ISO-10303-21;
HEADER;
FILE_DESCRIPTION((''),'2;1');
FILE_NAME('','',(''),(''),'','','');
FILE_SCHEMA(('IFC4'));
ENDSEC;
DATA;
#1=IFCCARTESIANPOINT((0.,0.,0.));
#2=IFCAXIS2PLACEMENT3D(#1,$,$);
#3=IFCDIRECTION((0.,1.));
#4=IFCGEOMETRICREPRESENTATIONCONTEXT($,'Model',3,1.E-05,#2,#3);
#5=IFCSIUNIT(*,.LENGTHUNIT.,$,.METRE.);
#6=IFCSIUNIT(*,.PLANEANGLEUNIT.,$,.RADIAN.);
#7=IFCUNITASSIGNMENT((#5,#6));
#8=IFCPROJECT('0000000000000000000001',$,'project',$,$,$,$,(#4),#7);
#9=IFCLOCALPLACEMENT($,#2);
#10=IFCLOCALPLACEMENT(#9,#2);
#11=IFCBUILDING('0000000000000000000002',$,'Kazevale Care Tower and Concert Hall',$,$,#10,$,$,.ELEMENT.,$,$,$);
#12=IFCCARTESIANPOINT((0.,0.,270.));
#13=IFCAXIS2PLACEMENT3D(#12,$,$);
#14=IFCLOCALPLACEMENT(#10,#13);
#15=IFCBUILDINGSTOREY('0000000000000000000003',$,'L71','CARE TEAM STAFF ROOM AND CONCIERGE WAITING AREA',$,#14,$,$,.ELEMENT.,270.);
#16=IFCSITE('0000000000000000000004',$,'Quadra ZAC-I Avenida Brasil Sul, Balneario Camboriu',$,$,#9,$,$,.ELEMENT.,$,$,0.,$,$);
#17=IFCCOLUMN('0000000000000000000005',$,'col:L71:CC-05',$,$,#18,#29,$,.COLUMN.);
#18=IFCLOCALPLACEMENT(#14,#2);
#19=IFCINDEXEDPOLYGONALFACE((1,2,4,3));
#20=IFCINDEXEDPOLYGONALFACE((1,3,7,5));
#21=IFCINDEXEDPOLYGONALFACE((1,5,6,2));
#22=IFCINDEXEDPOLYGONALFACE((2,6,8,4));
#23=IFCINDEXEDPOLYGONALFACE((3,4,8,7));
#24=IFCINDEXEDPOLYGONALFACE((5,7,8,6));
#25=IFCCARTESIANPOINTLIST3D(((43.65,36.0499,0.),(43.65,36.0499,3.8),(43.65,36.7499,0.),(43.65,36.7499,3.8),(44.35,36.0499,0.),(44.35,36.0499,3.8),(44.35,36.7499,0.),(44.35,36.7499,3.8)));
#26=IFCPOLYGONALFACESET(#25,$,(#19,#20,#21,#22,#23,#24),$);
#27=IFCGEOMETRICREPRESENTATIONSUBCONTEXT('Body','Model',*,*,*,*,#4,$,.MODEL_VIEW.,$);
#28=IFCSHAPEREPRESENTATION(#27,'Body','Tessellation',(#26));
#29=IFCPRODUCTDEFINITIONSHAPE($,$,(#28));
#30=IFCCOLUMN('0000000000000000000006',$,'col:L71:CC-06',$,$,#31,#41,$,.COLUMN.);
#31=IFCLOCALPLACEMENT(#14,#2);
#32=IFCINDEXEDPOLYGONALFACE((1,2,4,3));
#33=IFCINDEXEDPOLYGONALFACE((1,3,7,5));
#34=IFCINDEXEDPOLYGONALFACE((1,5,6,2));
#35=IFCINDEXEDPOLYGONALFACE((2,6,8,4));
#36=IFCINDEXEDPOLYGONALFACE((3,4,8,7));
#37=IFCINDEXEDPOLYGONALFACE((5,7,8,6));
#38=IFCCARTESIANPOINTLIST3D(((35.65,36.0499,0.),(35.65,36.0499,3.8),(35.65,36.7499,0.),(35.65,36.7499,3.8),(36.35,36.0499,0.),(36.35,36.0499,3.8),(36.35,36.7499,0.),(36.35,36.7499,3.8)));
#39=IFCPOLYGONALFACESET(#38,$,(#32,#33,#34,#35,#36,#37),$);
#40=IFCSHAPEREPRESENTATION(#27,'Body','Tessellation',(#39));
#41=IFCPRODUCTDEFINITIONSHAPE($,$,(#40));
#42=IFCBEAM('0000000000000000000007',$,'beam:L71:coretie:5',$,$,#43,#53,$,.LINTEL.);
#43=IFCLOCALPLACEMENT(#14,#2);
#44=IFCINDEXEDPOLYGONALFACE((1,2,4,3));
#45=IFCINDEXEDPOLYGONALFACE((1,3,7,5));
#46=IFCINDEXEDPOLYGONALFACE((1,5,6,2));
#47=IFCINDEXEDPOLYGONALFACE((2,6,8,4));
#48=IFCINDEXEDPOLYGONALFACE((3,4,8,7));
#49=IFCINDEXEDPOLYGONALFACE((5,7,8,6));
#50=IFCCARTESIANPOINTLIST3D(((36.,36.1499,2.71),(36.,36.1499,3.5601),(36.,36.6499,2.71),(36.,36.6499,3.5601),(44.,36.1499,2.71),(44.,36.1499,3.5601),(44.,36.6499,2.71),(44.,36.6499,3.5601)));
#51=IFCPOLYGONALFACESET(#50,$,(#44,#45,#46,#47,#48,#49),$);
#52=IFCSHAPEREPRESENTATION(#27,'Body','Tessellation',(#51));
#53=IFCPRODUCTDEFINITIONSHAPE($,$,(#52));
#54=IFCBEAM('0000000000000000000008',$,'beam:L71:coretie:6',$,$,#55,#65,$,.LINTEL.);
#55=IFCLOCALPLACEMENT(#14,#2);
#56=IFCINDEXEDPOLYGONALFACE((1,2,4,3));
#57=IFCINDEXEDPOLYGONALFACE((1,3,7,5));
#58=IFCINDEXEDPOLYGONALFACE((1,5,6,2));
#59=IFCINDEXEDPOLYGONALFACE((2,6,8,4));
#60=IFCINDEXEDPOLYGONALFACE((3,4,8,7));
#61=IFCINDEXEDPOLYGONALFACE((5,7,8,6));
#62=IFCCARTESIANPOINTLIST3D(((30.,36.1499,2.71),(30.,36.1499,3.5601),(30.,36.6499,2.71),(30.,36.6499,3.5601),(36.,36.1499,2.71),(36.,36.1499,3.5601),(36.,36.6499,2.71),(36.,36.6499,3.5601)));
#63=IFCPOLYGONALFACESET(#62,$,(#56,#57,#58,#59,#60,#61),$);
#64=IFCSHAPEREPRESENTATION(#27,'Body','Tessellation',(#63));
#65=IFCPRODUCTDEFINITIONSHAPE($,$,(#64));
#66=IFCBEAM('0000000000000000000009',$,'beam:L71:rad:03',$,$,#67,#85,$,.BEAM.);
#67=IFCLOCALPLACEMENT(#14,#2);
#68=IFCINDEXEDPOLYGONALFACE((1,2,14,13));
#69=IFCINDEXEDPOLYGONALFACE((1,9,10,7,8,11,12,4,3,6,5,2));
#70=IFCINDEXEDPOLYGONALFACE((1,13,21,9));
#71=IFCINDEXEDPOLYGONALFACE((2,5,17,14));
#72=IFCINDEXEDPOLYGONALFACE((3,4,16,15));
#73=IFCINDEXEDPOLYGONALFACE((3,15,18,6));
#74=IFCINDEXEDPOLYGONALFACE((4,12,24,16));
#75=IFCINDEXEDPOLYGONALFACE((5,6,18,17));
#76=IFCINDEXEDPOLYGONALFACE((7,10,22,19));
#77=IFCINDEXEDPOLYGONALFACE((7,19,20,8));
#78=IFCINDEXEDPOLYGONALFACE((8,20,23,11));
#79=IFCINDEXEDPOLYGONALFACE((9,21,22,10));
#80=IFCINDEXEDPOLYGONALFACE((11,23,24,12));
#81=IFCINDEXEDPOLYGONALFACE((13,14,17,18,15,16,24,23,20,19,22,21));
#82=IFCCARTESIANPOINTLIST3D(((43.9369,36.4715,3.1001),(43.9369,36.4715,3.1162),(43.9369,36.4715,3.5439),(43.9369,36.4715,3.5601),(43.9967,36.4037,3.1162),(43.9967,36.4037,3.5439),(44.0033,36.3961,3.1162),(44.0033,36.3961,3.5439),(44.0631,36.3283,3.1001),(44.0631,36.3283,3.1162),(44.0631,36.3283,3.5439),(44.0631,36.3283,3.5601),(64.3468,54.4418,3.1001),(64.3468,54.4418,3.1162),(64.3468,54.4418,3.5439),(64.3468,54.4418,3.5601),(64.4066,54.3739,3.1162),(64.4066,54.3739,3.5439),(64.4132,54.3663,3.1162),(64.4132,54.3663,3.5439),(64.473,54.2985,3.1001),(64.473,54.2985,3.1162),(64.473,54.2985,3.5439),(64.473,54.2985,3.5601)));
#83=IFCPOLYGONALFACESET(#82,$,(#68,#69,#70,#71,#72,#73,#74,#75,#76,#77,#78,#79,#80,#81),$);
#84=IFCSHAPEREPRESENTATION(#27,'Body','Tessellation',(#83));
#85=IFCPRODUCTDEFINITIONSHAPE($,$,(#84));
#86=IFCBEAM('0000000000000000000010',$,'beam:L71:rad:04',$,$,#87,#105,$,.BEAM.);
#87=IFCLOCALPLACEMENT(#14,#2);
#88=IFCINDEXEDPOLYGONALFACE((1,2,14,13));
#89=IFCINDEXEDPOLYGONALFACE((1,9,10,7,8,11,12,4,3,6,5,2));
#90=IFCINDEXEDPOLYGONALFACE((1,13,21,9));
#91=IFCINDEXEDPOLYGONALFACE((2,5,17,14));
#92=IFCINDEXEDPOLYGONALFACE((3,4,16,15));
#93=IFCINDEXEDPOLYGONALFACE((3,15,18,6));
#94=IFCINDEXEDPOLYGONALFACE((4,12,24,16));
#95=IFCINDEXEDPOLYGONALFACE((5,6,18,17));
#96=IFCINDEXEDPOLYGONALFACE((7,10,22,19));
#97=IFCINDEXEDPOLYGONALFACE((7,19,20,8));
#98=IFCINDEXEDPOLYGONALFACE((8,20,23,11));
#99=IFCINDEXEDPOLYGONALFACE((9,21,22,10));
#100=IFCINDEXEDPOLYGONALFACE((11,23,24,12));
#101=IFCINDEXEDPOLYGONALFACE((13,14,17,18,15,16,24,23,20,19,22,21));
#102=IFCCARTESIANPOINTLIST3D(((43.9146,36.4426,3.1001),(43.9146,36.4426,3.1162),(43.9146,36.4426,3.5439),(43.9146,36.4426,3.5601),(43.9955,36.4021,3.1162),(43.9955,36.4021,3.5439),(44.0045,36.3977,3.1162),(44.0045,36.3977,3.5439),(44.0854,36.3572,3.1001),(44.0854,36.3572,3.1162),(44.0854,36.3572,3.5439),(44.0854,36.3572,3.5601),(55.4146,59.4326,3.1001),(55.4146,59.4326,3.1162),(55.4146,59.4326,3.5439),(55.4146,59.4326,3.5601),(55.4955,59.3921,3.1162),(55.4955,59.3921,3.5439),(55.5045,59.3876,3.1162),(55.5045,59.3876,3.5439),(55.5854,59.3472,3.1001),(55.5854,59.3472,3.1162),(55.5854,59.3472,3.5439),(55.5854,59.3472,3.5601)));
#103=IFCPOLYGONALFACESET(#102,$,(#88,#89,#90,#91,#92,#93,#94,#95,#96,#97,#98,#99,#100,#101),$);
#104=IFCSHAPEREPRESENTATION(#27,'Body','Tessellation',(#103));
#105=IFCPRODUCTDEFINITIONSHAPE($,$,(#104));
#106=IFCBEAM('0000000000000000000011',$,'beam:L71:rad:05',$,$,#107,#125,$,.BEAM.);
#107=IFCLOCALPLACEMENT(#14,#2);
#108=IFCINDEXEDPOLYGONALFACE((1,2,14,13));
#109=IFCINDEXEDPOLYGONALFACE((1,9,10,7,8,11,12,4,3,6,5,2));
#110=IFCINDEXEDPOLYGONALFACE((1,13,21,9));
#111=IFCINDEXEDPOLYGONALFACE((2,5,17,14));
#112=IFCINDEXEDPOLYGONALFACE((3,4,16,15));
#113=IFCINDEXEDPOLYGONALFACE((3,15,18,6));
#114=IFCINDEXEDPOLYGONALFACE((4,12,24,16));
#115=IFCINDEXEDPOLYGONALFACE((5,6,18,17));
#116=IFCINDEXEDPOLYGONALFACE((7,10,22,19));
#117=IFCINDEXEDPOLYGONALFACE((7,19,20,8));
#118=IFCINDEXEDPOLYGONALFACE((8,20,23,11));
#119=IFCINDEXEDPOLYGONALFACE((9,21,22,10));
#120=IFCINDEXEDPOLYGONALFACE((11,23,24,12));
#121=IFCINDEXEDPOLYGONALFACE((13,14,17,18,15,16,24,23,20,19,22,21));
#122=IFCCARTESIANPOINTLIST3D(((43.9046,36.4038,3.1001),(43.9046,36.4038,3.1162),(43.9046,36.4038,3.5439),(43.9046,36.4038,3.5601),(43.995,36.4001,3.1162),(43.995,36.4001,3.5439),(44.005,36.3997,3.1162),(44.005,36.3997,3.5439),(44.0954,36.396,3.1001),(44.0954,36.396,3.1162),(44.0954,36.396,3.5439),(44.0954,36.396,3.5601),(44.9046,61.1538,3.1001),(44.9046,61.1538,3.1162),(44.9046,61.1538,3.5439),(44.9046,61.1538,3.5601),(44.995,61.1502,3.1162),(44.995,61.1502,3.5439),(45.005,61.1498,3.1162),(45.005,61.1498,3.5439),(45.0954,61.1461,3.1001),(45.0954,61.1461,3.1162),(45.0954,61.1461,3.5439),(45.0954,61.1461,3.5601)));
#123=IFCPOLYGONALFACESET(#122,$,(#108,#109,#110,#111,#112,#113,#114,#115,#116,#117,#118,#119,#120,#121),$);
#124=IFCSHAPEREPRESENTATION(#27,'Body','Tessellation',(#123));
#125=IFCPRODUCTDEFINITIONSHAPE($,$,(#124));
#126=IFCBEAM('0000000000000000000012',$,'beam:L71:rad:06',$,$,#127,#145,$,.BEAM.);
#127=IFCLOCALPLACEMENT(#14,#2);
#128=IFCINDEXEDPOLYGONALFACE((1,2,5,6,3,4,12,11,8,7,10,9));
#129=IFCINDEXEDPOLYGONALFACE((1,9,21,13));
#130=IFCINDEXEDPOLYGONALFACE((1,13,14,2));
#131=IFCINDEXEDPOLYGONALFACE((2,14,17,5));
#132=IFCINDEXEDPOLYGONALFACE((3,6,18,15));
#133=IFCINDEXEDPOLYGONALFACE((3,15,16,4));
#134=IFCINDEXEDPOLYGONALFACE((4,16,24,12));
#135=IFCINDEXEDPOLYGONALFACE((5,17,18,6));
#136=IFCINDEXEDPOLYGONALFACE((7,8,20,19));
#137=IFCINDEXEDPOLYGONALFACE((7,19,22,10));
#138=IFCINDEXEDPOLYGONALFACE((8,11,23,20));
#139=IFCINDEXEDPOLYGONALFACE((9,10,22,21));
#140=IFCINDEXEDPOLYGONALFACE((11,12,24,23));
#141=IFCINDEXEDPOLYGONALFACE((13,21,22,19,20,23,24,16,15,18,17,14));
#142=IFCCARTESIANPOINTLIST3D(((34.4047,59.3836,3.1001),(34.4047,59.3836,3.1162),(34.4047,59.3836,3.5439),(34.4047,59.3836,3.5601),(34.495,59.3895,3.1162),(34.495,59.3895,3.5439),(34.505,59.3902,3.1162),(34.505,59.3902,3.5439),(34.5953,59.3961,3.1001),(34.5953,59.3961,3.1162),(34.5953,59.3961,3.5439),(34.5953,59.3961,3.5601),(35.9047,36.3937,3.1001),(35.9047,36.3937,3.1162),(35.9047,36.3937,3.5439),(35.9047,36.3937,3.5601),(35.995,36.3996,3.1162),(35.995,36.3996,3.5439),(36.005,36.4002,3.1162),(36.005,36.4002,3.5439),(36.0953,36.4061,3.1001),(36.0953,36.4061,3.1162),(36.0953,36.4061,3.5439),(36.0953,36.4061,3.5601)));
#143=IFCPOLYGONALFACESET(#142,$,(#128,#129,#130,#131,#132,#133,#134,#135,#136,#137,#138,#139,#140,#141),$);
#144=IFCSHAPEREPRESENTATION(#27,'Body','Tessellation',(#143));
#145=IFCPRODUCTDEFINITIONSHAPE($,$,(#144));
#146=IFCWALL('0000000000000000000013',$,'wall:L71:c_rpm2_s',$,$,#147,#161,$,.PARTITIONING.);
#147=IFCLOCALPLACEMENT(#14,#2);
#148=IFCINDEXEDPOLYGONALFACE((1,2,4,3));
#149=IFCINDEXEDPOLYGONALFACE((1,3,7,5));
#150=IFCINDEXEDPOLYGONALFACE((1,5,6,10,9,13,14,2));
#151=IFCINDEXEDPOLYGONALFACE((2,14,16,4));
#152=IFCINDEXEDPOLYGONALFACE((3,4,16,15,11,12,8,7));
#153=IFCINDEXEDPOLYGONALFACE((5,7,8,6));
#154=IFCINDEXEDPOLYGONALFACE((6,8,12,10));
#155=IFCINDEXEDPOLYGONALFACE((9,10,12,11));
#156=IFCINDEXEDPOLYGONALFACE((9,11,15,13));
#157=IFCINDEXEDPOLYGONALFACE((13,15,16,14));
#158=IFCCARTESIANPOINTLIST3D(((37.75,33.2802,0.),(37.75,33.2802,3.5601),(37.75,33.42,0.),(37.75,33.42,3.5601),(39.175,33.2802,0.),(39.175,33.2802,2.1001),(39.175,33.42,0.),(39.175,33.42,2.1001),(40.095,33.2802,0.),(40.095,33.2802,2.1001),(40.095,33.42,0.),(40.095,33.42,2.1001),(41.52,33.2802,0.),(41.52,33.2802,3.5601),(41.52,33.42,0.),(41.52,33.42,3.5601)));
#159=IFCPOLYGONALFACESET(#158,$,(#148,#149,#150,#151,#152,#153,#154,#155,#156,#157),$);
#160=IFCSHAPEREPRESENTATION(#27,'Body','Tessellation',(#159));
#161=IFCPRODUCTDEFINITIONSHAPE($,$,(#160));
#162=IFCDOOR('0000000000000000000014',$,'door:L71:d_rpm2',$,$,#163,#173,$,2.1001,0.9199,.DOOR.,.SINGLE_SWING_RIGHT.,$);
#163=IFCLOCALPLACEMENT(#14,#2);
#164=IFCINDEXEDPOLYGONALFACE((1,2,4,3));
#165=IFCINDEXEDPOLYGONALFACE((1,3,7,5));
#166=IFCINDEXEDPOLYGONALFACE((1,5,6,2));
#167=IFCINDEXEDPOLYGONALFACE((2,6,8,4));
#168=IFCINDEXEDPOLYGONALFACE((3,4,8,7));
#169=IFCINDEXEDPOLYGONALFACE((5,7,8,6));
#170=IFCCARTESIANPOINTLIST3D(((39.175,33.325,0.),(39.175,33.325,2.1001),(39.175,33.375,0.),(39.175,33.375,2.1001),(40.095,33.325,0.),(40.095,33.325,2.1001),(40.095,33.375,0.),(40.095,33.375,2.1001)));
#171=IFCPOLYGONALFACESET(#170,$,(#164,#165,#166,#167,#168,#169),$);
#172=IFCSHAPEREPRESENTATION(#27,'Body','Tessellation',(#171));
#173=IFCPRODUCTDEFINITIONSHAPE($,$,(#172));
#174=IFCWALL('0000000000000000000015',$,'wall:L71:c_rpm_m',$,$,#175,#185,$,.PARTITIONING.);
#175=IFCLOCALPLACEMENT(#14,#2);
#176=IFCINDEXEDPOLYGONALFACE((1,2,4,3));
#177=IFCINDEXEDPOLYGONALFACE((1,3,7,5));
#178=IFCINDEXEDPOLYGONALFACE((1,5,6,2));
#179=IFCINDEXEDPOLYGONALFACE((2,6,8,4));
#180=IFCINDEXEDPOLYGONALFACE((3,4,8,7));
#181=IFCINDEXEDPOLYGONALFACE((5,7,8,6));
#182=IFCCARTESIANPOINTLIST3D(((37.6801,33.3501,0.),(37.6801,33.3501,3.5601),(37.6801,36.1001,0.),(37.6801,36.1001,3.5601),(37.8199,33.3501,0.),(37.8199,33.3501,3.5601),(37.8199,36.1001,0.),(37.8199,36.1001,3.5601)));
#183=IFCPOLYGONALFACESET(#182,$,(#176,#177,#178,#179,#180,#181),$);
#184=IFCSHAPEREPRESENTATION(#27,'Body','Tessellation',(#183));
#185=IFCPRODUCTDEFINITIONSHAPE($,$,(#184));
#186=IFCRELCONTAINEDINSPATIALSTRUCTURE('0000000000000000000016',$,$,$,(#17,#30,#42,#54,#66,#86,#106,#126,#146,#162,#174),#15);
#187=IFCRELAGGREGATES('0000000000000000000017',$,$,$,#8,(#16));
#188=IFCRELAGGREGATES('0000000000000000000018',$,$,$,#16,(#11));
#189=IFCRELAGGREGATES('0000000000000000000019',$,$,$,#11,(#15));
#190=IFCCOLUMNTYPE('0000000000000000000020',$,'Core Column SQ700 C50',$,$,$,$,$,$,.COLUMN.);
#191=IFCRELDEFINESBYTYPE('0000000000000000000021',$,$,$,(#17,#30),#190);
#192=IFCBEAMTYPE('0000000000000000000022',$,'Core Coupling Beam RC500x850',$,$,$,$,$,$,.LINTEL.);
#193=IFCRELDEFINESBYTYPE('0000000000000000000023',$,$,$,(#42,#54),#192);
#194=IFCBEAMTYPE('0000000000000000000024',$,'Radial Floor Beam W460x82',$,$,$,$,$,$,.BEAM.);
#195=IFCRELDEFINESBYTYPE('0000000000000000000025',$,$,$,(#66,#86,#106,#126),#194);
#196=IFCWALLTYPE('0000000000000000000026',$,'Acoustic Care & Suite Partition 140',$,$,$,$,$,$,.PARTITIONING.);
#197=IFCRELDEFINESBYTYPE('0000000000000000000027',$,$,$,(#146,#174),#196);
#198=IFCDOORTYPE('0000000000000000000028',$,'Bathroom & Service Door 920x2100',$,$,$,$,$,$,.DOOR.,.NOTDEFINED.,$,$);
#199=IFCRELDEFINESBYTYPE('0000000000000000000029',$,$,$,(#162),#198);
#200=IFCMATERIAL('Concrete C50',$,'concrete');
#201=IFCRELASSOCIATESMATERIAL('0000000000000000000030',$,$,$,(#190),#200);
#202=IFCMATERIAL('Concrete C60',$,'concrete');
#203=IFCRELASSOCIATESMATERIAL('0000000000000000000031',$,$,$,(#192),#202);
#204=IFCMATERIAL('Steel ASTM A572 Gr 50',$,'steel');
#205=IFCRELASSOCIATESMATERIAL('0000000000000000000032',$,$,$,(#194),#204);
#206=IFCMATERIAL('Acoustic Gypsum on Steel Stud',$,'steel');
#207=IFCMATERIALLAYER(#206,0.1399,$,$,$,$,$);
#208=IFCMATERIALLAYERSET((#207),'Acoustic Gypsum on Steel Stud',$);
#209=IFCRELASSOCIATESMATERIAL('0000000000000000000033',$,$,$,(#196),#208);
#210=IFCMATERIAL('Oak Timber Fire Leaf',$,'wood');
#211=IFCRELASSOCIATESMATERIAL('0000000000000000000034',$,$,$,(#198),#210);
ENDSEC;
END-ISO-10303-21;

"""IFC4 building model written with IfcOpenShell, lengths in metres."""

from ifc_helpers import new_model, si_unit, direction, frame, frame_2d, origin, origin_2d, place, context, subcontext, project, spatial, rectangle, i_section, extrude, material, layer, layer_set, material_profile, profile_set, type_object, element, fill, save


model = new_model("IFC4")

# Units and contexts
model_context = context("Model", 3, precision=1e-05, world=origin(), true_north=direction((0.0, 1.0)))
body_context = subcontext(model_context, "Body", "Model", "MODEL_VIEW")
ifc_project = project(units=[si_unit("LENGTHUNIT", "METRE"), si_unit("PLANEANGLEUNIT", "RADIAN")], contexts=[model_context])

# Site, building, storey
site_placement = place(None, origin())
site = spatial("IfcSite", under=ifc_project, at=site_placement, Name="Quadra ZAC-I Avenida Brasil Sul, Balneario Camboriu", CompositionType="ELEMENT", RefElevation=0.0)
building_placement = place(site_placement, origin())
building = spatial("IfcBuilding", under=site, at=building_placement, Name="Kazevale Care Tower and Concert Hall", CompositionType="ELEMENT")
storey_placement = place(building_placement, frame((0.0, 0.0, 270.0)))
storey = spatial("IfcBuildingStorey", under=building, at=storey_placement, Name="L71", Description="CARE TEAM STAFF ROOM AND CONCIERGE WAITING AREA", CompositionType="ELEMENT", Elevation=270.0)

# Columns
ifc_material_1 = material(Name="Concrete C50", Category="concrete")
ifc_material_profile_1 = material_profile(ifc_material_1, rectangle(XDim=0.7, YDim=0.7, at=origin_2d()), Name="RC-SQ700")
ifc_profile_set_1 = profile_set([ifc_material_profile_1], Name="Concrete C50")
column_type = type_object("IfcColumnType", Name="Core Column SQ700 C50", PredefinedType="COLUMN", material=ifc_profile_set_1)
for number, where, z_axis, x_axis, name in (
    (1, (44.0, 36.3999, 0.0), (0.0, 0.0, 1.0), (1.0, 0.0, 0.0), "col:L71:CC-05"),
    (2, (36.0, 36.3999, 0.0), (0.0, 0.0, 1.0), (1.0, 0.0, 0.0), "col:L71:CC-06"),
):
    element("IfcColumn", number, at=place(storey_placement, frame(where, z_axis=z_axis, x_axis=x_axis)), inside=storey, type_object=column_type, Name=name, PredefinedType="COLUMN", context=body_context, shape_type="SweptSolid", body=[
        extrude(rectangle(XDim=0.7, YDim=0.7, at=origin_2d()), origin(), (0.0, 0.0, 1.0), 3.8),
    ])

# Beams
ifc_material_2 = material(Name="Concrete C60", Category="concrete")
ifc_material_profile_2 = material_profile(ifc_material_2, rectangle(XDim=0.5, YDim=0.8501, at=origin_2d()), Name="RC-B500x850")
ifc_profile_set_2 = profile_set([ifc_material_profile_2], Name="Concrete C60")
beam_type_1 = type_object("IfcBeamType", Name="Core Coupling Beam RC500x850", PredefinedType="LINTEL", material=ifc_profile_set_2)
beam_1_placement = place(storey_placement, frame((44.0, 36.3999, 3.135), z_axis=(-1.0, 0.0, 0.0), x_axis=(0.0, -1.0, 0.0)))
element("IfcBeam", 3, at=beam_1_placement, inside=storey, type_object=beam_type_1, Name="beam:L71:coretie:5", PredefinedType="LINTEL", context=body_context, shape_type="SweptSolid", body=[
    extrude(rectangle(XDim=0.5, YDim=0.8501, at=origin_2d()), origin(), (0.0, 0.0, 1.0), 8.0),
])
beam_2_placement = place(storey_placement, frame((36.0, 36.3999, 3.135), z_axis=(-1.0, 0.0, 0.0), x_axis=(0.0, -1.0, 0.0)))
element("IfcBeam", 4, at=beam_2_placement, inside=storey, type_object=beam_type_1, Name="beam:L71:coretie:6", PredefinedType="LINTEL", context=body_context, shape_type="SweptSolid", body=[
    extrude(rectangle(XDim=0.5, YDim=0.8501, at=origin_2d()), origin(), (0.0, 0.0, 1.0), 6.0),
])
ifc_material_3 = material(Name="Steel ASTM A572 Gr 50", Category="steel")
ifc_material_profile_3 = material_profile(ifc_material_3, i_section(OverallWidth=0.1909, OverallDepth=0.46, WebThickness=0.01, FlangeThickness=0.0161, at=origin_2d()), Name="W460x82")
ifc_profile_set_3 = profile_set([ifc_material_profile_3], Name="Steel ASTM A572 Gr 50")
beam_type_2 = type_object("IfcBeamType", Name="Radial Floor Beam W460x82", PredefinedType="BEAM", material=ifc_profile_set_3)
beam_3_placement = place(storey_placement, frame((44.0, 36.3999, 3.3301), z_axis=(0.75054, 0.660825, 0.0), x_axis=(-0.660825, 0.75054, 0.0)))
element("IfcBeam", 5, at=beam_3_placement, inside=storey, type_object=beam_type_2, Name="beam:L71:rad:03", PredefinedType="BEAM", context=body_context, shape_type="SweptSolid", body=[
    extrude(i_section(OverallWidth=0.1909, OverallDepth=0.46, WebThickness=0.01, FlangeThickness=0.0161, at=origin_2d()), origin(), (0.0, 0.0, 1.0), 27.1936),
])
beam_4_placement = place(storey_placement, frame((44.0, 36.3999, 3.3301), z_axis=(0.447369, 0.894349, 0.0), x_axis=(-0.894349, 0.447369, 0.0)))
element("IfcBeam", 6, at=beam_4_placement, inside=storey, type_object=beam_type_2, Name="beam:L71:rad:04", PredefinedType="BEAM", context=body_context, shape_type="SweptSolid", body=[
    extrude(i_section(OverallWidth=0.1909, OverallDepth=0.46, WebThickness=0.01, FlangeThickness=0.0161, at=origin_2d()), origin(), (0.0, 0.0, 1.0), 25.7058),
])
beam_5_placement = place(storey_placement, frame((44.0, 36.3999, 3.3301), z_axis=(0.040371, 0.999185, 0.0), x_axis=(-0.999185, 0.040371, 0.0)))
element("IfcBeam", 7, at=beam_5_placement, inside=storey, type_object=beam_type_2, Name="beam:L71:rad:05", PredefinedType="BEAM", context=body_context, shape_type="SweptSolid", body=[
    extrude(i_section(OverallWidth=0.1909, OverallDepth=0.46, WebThickness=0.01, FlangeThickness=0.0161, at=origin_2d()), origin(), (0.0, 0.0, 1.0), 24.7703),
])
beam_6_placement = place(storey_placement, frame((36.0, 36.3999, 3.3301), z_axis=(-0.065107, 0.997878, 0.0), x_axis=(-0.997878, -0.065107, 0.0)))
element("IfcBeam", 8, at=beam_6_placement, inside=storey, type_object=beam_type_2, Name="beam:L71:rad:06", PredefinedType="BEAM", context=body_context, shape_type="SweptSolid", body=[
    extrude(i_section(OverallWidth=0.1909, OverallDepth=0.46, WebThickness=0.01, FlangeThickness=0.0161, at=origin_2d()), origin(), (0.0, 0.0, 1.0), 23.0388),
])

# Wall, opening, door
ifc_material_4 = material(Name="Acoustic Gypsum on Steel Stud", Category="steel")
ifc_layer_1 = layer(ifc_material_4, 0.1399)
ifc_layer_set_1 = layer_set([ifc_layer_1], Name="Acoustic Gypsum on Steel Stud")
wall_type_1 = type_object("IfcWallType", Name="Acoustic Care & Suite Partition 140", PredefinedType="PARTITIONING", material=ifc_layer_set_1)
wall_1_placement = place(storey_placement, frame((37.75, 33.3501, 0.0), z_axis=(0.0, 0.0, 1.0), x_axis=(1.0, 0.0, 0.0)))
wall_1 = element("IfcWall", 9, at=wall_1_placement, inside=storey, type_object=wall_type_1, Name="wall:L71:c_rpm2_s", PredefinedType="PARTITIONING", context=body_context, shape_type="SweptSolid", body=[
    extrude(rectangle(XDim=3.77, YDim=0.1399, at=frame_2d((1.885, 0.0))), origin(), (0.0, 0.0, 1.0), 3.5601),
])
opening_1_placement = place(wall_1_placement, frame((1.425, 0.0, 0.0)))
opening_1 = element("IfcOpeningElement", 10, at=opening_1_placement, cuts=wall_1, PredefinedType="OPENING", context=body_context, shape_type="SweptSolid", body=[
    extrude(rectangle(XDim=0.9199, YDim=2.1001, at=frame_2d((0.46, 1.05))), frame((0.0, 0.0798, 0.0), z_axis=(0.0, -1.0, 0.0), x_axis=(1.0, 0.0, 0.0)), (0.0, 0.0, 1.0), 0.1599),
])
ifc_material_5 = material(Name="Oak Timber Fire Leaf", Category="wood")
door_type_1 = type_object("IfcDoorType", Name="Bathroom & Service Door 920x2100", OperationType="NOTDEFINED", PredefinedType="DOOR", material=ifc_material_5)
door_1_placement = place(opening_1_placement, origin())
door_1 = element("IfcDoor", 11, at=door_1_placement, inside=storey, type_object=door_type_1, Name="door:L71:d_rpm2", OperationType="SINGLE_SWING_RIGHT", OverallHeight=2.1001, OverallWidth=0.9199, PredefinedType="DOOR", context=body_context, shape_type="SweptSolid", body=[
    extrude(rectangle(XDim=0.9199, YDim=2.1001, at=frame_2d((0.46, 1.05))), frame((0.0, 0.0249, 0.0), z_axis=(0.0, -1.0, 0.0), x_axis=(1.0, 0.0, 0.0)), (0.0, 0.0, 1.0), 0.05),
])
fill(opening_1, door_1)

# Wall
for number, where, z_axis, x_axis, name in (
    (12, (37.75, 33.3501, 0.0), (0.0, 0.0, 1.0), (0.0, 1.0, 0.0), "wall:L71:c_rpm_m"),
):
    element("IfcWall", number, at=place(storey_placement, frame(where, z_axis=z_axis, x_axis=x_axis)), inside=storey, type_object=wall_type_1, Name=name, PredefinedType="PARTITIONING", context=body_context, shape_type="SweptSolid", body=[
        extrude(rectangle(XDim=2.75, YDim=0.1399, at=frame_2d((1.375, 0.0))), origin(), (0.0, 0.0, 1.0), 3.5601),
    ])

save(model, "model.ifc")
